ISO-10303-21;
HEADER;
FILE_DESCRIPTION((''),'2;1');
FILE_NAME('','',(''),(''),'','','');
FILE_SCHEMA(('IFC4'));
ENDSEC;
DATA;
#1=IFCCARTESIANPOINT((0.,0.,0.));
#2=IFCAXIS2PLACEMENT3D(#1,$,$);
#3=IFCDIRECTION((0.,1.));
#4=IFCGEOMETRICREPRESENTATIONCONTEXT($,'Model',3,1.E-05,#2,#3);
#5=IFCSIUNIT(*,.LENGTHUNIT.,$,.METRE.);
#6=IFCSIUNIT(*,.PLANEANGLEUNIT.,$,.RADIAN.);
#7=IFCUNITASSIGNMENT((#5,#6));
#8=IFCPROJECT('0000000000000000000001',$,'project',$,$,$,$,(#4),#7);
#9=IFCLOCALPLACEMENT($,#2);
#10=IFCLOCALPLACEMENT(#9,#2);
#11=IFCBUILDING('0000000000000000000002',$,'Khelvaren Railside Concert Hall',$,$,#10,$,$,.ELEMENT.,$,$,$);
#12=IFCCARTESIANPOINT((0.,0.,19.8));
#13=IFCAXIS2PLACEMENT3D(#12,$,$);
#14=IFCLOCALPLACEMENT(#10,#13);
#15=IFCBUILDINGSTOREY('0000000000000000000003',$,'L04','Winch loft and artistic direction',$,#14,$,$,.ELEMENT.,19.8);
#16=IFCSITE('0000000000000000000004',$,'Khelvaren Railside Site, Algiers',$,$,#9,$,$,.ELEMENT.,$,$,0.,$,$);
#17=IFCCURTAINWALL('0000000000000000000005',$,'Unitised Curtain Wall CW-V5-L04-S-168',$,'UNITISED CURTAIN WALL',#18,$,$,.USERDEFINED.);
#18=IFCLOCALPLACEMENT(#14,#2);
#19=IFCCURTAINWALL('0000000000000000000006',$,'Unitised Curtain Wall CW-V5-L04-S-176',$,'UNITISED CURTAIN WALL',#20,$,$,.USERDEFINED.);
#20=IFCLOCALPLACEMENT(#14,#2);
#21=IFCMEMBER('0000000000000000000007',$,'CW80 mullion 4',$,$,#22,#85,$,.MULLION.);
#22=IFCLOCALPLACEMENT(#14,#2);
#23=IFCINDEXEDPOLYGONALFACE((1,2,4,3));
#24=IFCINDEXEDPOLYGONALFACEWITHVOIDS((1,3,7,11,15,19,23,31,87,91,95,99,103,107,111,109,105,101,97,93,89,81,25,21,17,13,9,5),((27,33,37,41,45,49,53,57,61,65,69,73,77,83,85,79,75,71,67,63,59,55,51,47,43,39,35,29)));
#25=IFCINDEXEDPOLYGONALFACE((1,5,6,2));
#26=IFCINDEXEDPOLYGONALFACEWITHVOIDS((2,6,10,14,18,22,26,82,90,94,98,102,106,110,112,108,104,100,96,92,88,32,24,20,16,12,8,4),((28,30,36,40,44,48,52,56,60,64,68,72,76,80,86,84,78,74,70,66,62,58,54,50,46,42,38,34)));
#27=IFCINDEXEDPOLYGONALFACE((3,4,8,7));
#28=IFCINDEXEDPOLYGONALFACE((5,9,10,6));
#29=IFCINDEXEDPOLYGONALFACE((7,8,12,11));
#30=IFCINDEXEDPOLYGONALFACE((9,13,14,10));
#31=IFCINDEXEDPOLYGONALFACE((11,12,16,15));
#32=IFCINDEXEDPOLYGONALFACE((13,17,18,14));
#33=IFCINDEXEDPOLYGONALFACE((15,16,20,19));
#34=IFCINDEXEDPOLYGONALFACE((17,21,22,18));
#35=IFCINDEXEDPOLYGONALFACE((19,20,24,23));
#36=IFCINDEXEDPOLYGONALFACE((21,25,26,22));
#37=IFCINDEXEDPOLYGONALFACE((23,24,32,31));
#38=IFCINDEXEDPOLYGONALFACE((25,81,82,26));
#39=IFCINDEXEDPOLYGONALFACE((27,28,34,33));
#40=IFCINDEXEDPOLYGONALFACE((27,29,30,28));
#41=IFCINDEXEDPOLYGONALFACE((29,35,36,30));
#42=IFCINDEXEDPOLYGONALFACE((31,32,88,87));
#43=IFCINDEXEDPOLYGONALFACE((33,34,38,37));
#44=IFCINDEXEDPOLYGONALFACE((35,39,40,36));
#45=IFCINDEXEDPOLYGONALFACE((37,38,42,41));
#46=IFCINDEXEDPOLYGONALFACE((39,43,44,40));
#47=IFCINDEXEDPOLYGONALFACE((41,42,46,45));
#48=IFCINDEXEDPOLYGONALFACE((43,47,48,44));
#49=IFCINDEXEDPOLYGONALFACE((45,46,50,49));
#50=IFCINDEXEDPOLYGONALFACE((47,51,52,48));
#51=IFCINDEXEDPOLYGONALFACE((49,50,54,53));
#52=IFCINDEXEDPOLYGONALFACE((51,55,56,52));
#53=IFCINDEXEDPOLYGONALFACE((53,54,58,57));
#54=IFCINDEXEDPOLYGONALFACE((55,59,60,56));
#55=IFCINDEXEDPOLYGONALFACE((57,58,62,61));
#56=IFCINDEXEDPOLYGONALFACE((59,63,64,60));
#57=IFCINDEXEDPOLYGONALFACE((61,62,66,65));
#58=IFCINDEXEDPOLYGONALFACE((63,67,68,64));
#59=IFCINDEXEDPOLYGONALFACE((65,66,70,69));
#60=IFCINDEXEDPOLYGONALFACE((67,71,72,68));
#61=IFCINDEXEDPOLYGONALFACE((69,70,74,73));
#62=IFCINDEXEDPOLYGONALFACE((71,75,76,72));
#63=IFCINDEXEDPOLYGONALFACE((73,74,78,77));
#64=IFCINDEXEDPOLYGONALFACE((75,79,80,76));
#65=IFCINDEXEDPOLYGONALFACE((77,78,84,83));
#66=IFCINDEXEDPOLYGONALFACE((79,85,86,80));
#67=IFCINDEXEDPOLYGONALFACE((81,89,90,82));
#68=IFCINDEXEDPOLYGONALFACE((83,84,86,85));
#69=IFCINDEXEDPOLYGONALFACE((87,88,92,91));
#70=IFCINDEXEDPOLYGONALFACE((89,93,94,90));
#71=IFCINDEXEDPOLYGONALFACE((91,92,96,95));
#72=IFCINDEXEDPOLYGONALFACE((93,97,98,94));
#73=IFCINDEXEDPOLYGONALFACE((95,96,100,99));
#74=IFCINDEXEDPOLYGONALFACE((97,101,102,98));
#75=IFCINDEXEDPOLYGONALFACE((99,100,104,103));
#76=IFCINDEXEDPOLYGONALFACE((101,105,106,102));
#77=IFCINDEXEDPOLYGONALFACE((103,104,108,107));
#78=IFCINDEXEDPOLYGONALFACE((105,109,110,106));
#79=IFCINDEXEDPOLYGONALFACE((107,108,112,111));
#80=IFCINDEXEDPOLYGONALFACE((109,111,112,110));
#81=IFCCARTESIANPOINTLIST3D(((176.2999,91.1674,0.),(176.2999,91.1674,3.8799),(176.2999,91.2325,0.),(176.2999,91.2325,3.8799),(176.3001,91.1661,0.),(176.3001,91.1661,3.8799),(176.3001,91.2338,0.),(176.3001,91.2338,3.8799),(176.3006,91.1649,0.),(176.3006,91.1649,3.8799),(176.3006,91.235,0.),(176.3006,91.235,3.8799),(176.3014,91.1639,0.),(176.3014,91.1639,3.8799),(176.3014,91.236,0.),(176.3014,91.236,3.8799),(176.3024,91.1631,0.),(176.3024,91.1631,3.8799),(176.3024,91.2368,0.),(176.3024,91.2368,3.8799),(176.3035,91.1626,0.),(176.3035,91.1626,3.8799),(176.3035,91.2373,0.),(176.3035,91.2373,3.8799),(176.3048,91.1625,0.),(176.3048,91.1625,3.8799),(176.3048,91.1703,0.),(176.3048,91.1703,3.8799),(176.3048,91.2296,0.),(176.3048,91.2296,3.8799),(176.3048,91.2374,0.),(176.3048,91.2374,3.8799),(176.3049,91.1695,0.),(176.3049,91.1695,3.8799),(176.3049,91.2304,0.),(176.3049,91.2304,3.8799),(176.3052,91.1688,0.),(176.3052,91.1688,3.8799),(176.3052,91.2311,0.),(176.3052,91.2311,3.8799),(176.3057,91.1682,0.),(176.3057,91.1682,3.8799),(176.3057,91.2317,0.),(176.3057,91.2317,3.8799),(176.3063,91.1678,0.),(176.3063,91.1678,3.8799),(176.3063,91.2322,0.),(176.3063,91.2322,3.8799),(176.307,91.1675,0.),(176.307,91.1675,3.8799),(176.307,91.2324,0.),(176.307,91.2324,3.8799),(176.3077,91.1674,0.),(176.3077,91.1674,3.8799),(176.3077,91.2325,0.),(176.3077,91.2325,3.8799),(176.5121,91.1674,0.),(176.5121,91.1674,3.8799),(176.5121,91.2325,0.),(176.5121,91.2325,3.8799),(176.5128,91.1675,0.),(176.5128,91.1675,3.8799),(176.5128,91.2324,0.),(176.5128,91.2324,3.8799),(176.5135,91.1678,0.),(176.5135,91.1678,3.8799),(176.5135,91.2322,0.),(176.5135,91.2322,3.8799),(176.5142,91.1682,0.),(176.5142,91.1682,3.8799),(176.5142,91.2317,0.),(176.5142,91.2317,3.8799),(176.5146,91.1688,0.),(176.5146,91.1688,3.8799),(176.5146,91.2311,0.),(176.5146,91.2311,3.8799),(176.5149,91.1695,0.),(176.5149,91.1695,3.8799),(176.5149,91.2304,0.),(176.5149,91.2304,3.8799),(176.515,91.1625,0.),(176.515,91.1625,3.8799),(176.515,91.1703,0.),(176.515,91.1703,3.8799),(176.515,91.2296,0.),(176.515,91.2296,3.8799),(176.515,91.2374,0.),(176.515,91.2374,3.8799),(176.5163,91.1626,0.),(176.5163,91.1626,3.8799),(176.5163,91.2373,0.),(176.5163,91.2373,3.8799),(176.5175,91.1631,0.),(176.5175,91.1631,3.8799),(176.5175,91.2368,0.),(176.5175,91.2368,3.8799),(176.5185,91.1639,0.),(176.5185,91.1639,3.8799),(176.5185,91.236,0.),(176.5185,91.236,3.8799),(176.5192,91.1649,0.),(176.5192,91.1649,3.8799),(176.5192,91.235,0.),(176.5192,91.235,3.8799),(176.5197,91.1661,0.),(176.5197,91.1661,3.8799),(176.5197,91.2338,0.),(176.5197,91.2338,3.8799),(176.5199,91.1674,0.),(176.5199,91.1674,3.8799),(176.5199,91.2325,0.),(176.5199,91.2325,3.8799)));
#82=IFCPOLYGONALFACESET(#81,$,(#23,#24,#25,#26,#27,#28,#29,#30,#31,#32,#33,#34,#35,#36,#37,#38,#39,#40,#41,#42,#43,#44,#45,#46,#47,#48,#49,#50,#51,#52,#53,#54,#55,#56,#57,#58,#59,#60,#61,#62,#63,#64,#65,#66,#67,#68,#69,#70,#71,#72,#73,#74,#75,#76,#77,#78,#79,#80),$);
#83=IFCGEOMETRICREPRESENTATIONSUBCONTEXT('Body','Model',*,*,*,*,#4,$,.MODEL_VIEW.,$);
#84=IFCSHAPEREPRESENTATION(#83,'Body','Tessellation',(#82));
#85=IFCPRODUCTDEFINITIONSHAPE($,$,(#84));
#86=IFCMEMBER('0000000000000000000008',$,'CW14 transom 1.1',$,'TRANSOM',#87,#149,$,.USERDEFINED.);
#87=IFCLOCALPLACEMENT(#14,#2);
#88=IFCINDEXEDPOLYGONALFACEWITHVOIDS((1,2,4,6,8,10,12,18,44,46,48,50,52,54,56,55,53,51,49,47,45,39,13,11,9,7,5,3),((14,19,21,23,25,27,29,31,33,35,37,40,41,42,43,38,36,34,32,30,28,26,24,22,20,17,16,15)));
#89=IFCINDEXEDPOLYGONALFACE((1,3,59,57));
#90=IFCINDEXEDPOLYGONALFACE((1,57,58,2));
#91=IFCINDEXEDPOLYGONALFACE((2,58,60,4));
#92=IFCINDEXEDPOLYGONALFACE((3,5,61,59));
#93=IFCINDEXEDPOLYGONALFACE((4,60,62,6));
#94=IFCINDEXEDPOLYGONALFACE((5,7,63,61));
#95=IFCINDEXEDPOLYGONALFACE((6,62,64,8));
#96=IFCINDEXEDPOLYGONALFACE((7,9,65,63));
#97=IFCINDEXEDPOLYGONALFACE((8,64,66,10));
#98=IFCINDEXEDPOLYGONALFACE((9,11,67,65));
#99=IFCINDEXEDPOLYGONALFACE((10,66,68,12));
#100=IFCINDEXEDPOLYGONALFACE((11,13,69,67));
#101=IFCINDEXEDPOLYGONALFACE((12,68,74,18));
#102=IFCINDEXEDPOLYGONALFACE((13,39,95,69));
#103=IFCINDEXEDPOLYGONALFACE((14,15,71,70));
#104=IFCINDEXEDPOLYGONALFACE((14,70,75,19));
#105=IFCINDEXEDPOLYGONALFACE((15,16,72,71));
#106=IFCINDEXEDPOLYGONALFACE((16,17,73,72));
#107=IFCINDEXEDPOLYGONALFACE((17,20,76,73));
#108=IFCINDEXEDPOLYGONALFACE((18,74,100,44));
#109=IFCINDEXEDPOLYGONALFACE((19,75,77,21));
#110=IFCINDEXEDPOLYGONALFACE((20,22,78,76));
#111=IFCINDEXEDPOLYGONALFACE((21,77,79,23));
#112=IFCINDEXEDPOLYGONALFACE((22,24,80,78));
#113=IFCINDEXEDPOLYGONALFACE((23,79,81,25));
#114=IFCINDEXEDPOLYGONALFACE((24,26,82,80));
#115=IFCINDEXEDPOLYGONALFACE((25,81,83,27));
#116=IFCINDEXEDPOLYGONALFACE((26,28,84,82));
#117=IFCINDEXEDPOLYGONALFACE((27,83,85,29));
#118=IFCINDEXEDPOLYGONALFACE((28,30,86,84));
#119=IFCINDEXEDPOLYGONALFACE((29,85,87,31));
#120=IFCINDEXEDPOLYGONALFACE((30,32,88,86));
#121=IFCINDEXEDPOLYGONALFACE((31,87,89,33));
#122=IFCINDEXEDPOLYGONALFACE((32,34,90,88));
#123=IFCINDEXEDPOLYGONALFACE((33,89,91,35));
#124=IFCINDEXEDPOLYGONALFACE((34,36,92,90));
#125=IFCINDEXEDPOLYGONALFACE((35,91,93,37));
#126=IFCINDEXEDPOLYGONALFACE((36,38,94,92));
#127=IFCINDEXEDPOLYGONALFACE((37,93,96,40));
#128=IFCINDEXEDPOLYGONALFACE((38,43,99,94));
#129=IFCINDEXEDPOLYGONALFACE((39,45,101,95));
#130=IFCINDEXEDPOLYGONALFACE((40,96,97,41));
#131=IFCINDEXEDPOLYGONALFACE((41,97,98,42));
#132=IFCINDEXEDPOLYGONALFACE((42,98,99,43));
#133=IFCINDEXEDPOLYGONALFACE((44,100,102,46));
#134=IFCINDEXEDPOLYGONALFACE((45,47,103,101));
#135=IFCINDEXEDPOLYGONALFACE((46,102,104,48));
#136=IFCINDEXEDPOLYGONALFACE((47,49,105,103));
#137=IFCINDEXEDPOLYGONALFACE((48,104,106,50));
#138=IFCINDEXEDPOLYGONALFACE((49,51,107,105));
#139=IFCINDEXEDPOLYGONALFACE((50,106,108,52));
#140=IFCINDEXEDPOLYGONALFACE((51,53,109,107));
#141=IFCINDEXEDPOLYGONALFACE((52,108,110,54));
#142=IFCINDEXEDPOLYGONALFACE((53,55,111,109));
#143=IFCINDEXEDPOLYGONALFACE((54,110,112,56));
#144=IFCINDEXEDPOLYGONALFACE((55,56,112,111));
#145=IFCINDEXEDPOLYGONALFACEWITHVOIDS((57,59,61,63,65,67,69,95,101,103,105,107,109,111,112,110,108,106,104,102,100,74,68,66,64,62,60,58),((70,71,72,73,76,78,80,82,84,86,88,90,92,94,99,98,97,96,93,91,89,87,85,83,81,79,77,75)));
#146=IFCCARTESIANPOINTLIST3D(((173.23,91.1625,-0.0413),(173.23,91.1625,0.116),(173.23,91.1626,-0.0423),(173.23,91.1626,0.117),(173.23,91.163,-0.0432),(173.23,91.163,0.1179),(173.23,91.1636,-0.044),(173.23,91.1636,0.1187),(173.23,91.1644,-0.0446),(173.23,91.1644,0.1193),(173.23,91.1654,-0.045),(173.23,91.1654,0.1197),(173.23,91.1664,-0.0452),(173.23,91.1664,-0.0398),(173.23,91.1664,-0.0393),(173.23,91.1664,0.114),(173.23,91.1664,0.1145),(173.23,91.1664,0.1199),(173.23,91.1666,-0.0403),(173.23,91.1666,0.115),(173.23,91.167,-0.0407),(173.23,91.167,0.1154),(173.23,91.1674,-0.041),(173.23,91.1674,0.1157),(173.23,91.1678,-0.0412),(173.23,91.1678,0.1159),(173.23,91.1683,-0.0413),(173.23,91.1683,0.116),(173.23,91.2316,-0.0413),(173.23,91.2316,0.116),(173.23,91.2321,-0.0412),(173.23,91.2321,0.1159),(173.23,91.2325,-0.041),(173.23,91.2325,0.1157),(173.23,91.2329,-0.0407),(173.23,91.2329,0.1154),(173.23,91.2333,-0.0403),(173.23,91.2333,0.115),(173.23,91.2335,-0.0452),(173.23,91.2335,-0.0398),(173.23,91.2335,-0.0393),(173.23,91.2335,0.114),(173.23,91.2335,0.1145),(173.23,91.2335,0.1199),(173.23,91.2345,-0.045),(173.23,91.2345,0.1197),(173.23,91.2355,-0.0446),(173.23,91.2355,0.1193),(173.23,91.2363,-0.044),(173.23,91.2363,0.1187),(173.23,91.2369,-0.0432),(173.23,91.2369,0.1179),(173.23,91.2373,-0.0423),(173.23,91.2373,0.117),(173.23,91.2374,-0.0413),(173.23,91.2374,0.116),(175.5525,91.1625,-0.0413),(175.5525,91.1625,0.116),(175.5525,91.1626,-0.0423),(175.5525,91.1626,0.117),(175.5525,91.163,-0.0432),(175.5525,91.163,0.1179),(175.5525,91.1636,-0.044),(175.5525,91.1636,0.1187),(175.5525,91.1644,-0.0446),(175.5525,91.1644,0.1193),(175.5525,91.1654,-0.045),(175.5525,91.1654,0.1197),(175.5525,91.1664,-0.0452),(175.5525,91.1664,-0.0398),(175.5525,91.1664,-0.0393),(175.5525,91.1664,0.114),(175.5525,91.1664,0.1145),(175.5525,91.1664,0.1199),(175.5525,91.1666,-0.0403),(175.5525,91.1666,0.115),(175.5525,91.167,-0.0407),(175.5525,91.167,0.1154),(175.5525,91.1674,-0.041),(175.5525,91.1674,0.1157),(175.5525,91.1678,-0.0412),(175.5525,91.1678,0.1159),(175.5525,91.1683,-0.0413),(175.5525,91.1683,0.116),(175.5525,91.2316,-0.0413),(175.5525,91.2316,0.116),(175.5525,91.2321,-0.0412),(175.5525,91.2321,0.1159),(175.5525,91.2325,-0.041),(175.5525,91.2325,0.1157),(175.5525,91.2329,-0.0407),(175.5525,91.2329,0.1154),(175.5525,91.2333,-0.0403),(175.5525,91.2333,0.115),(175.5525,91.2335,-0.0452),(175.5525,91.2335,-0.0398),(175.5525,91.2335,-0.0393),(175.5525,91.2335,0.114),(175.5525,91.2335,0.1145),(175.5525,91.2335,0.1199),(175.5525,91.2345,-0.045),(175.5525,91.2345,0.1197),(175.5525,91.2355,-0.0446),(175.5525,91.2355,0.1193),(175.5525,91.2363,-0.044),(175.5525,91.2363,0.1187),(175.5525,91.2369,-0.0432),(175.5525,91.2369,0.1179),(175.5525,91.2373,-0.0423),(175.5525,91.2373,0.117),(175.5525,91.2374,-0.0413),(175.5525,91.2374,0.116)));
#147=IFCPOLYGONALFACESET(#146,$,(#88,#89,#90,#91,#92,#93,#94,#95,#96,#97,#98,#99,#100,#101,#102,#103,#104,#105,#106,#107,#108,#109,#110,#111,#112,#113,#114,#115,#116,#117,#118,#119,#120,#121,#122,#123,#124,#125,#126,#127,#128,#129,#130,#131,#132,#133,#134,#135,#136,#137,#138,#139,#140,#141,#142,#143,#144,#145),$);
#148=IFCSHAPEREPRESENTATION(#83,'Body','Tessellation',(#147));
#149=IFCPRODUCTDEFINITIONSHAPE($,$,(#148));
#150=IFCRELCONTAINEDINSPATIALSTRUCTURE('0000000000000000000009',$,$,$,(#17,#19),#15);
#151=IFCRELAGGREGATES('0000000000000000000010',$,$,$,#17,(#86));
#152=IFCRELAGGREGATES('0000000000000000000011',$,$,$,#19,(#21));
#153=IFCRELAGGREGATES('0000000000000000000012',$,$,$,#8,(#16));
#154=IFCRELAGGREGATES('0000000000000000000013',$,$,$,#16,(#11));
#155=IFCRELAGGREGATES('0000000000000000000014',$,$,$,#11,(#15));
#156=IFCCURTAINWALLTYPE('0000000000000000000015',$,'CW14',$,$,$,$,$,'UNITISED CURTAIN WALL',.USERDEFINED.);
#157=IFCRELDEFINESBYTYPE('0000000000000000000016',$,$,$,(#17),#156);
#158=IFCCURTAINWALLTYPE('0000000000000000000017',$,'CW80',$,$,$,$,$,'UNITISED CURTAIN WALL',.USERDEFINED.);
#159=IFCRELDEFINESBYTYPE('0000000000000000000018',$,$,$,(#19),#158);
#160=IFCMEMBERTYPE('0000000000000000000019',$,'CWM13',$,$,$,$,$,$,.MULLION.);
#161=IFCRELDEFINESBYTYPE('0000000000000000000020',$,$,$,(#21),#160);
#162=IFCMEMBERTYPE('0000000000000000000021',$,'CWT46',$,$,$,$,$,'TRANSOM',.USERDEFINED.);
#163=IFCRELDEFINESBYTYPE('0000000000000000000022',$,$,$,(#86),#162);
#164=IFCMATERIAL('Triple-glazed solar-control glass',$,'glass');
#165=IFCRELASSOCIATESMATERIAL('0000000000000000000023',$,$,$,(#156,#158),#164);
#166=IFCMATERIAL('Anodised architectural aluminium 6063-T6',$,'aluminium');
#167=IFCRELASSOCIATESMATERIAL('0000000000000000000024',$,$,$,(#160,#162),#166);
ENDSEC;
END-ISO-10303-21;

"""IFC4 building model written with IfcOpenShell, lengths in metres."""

from ifc_helpers import new_model, si_unit, direction, frame, origin, origin_2d, place, context, subcontext, project, spatial, hollow_rectangle, extrude, material, material_profile, profile_set, type_object, element, aggregate, save


model = new_model("IFC4")

# Units and contexts
model_context = context("Model", 3, precision=1e-05, world=origin(), true_north=direction((0.0, 1.0)))
body_context = subcontext(model_context, "Body", "Model", "MODEL_VIEW")
ifc_project = project(units=[si_unit("LENGTHUNIT", "METRE"), si_unit("PLANEANGLEUNIT", "RADIAN")], contexts=[model_context])

# Site, building, storey
site_placement = place(None, origin())
site = spatial("IfcSite", under=ifc_project, at=site_placement, Name="Khelvaren Railside Site, Algiers", CompositionType="ELEMENT", RefElevation=0.0)
building_placement = place(site_placement, origin())
building = spatial("IfcBuilding", under=site, at=building_placement, Name="Khelvaren Railside Concert Hall", CompositionType="ELEMENT")
storey_placement = place(building_placement, frame((0.0, 0.0, 19.8)))
storey = spatial("IfcBuildingStorey", under=building, at=storey_placement, Name="L04", Description="Winch loft and artistic direction", CompositionType="ELEMENT", Elevation=19.8)

# Curtain wall
ifc_material_1 = material(Name="Triple-glazed solar-control glass", Category="glass")
curtain_wall_type_1 = type_object("IfcCurtainWallType", Name="CW14", ElementType="UNITISED CURTAIN WALL", PredefinedType="USERDEFINED", material=ifc_material_1)
curtain_wall_1_placement = place(storey_placement, origin())
curtain_wall_1 = element("IfcCurtainWall", 1, at=curtain_wall_1_placement, inside=storey, type_object=curtain_wall_type_1, Name="Unitised Curtain Wall CW-V5-L04-S-168", ObjectType="UNITISED CURTAIN WALL", PredefinedType="USERDEFINED")
ifc_material_2 = material(Name="Anodised architectural aluminium 6063-T6", Category="aluminium")
ifc_material_profile_1 = material_profile(ifc_material_2, hollow_rectangle(XDim=0.075, YDim=0.22, WallThickness=0.0049, InnerFilletRadius=0.0029, OuterFilletRadius=0.0049, at=origin_2d()), Name="CWM 75x220x5")
ifc_profile_set_1 = profile_set([ifc_material_profile_1], Name="Anodised architectural aluminium 6063-T6")
member_type_1 = type_object("IfcMemberType", Name="CWM13", PredefinedType="MULLION", material=ifc_profile_set_1)

# Curtain wall, member
curtain_wall_type_2 = type_object("IfcCurtainWallType", Name="CW80", ElementType="UNITISED CURTAIN WALL", PredefinedType="USERDEFINED", material=ifc_material_1)
curtain_wall_2_placement = place(storey_placement, origin())
curtain_wall_2 = element("IfcCurtainWall", 2, at=curtain_wall_2_placement, inside=storey, type_object=curtain_wall_type_2, Name="Unitised Curtain Wall CW-V5-L04-S-176", ObjectType="UNITISED CURTAIN WALL", PredefinedType="USERDEFINED")
member_1_placement = place(storey_placement, frame((176.4099, 91.2, 0.0), z_axis=(0.0, 0.0, 1.0), x_axis=(0.0, -1.0, 0.0)))
member_1 = element("IfcMember", 3, at=member_1_placement, type_object=member_type_1, Name="CW80 mullion 4", PredefinedType="MULLION", context=body_context, shape_type="SweptSolid", body=[
    extrude(hollow_rectangle(XDim=0.075, YDim=0.22, WallThickness=0.0049, InnerFilletRadius=0.0029, OuterFilletRadius=0.0049, at=origin_2d()), origin(), (0.0, 0.0, 1.0), 3.8799),
])

# Member
ifc_material_profile_2 = material_profile(ifc_material_2, hollow_rectangle(XDim=0.075, YDim=0.165, WallThickness=0.0039, InnerFilletRadius=0.002, OuterFilletRadius=0.0039, at=origin_2d()), Name="CWT 75x165x4")
ifc_profile_set_2 = profile_set([ifc_material_profile_2], Name="Anodised architectural aluminium 6063-T6")
member_type_2 = type_object("IfcMemberType", Name="CWT46", ElementType="TRANSOM", PredefinedType="USERDEFINED", material=ifc_profile_set_2)
member_2_placement = place(storey_placement, frame((175.5525, 91.2, 0.0374), z_axis=(-1.0, 0.0, 0.0), x_axis=(0.0, -1.0, 0.0)))
member_2 = element("IfcMember", 4, at=member_2_placement, type_object=member_type_2, Name="CW14 transom 1.1", ObjectType="TRANSOM", PredefinedType="USERDEFINED", context=body_context, shape_type="SweptSolid", body=[
    extrude(hollow_rectangle(XDim=0.075, YDim=0.165, WallThickness=0.0039, InnerFilletRadius=0.002, OuterFilletRadius=0.0039, at=origin_2d()), origin(), (0.0, 0.0, 1.0), 2.3225),
])

aggregate(curtain_wall_1, [member_2])
aggregate(curtain_wall_2, [member_1])

save(model, "model.ifc")
